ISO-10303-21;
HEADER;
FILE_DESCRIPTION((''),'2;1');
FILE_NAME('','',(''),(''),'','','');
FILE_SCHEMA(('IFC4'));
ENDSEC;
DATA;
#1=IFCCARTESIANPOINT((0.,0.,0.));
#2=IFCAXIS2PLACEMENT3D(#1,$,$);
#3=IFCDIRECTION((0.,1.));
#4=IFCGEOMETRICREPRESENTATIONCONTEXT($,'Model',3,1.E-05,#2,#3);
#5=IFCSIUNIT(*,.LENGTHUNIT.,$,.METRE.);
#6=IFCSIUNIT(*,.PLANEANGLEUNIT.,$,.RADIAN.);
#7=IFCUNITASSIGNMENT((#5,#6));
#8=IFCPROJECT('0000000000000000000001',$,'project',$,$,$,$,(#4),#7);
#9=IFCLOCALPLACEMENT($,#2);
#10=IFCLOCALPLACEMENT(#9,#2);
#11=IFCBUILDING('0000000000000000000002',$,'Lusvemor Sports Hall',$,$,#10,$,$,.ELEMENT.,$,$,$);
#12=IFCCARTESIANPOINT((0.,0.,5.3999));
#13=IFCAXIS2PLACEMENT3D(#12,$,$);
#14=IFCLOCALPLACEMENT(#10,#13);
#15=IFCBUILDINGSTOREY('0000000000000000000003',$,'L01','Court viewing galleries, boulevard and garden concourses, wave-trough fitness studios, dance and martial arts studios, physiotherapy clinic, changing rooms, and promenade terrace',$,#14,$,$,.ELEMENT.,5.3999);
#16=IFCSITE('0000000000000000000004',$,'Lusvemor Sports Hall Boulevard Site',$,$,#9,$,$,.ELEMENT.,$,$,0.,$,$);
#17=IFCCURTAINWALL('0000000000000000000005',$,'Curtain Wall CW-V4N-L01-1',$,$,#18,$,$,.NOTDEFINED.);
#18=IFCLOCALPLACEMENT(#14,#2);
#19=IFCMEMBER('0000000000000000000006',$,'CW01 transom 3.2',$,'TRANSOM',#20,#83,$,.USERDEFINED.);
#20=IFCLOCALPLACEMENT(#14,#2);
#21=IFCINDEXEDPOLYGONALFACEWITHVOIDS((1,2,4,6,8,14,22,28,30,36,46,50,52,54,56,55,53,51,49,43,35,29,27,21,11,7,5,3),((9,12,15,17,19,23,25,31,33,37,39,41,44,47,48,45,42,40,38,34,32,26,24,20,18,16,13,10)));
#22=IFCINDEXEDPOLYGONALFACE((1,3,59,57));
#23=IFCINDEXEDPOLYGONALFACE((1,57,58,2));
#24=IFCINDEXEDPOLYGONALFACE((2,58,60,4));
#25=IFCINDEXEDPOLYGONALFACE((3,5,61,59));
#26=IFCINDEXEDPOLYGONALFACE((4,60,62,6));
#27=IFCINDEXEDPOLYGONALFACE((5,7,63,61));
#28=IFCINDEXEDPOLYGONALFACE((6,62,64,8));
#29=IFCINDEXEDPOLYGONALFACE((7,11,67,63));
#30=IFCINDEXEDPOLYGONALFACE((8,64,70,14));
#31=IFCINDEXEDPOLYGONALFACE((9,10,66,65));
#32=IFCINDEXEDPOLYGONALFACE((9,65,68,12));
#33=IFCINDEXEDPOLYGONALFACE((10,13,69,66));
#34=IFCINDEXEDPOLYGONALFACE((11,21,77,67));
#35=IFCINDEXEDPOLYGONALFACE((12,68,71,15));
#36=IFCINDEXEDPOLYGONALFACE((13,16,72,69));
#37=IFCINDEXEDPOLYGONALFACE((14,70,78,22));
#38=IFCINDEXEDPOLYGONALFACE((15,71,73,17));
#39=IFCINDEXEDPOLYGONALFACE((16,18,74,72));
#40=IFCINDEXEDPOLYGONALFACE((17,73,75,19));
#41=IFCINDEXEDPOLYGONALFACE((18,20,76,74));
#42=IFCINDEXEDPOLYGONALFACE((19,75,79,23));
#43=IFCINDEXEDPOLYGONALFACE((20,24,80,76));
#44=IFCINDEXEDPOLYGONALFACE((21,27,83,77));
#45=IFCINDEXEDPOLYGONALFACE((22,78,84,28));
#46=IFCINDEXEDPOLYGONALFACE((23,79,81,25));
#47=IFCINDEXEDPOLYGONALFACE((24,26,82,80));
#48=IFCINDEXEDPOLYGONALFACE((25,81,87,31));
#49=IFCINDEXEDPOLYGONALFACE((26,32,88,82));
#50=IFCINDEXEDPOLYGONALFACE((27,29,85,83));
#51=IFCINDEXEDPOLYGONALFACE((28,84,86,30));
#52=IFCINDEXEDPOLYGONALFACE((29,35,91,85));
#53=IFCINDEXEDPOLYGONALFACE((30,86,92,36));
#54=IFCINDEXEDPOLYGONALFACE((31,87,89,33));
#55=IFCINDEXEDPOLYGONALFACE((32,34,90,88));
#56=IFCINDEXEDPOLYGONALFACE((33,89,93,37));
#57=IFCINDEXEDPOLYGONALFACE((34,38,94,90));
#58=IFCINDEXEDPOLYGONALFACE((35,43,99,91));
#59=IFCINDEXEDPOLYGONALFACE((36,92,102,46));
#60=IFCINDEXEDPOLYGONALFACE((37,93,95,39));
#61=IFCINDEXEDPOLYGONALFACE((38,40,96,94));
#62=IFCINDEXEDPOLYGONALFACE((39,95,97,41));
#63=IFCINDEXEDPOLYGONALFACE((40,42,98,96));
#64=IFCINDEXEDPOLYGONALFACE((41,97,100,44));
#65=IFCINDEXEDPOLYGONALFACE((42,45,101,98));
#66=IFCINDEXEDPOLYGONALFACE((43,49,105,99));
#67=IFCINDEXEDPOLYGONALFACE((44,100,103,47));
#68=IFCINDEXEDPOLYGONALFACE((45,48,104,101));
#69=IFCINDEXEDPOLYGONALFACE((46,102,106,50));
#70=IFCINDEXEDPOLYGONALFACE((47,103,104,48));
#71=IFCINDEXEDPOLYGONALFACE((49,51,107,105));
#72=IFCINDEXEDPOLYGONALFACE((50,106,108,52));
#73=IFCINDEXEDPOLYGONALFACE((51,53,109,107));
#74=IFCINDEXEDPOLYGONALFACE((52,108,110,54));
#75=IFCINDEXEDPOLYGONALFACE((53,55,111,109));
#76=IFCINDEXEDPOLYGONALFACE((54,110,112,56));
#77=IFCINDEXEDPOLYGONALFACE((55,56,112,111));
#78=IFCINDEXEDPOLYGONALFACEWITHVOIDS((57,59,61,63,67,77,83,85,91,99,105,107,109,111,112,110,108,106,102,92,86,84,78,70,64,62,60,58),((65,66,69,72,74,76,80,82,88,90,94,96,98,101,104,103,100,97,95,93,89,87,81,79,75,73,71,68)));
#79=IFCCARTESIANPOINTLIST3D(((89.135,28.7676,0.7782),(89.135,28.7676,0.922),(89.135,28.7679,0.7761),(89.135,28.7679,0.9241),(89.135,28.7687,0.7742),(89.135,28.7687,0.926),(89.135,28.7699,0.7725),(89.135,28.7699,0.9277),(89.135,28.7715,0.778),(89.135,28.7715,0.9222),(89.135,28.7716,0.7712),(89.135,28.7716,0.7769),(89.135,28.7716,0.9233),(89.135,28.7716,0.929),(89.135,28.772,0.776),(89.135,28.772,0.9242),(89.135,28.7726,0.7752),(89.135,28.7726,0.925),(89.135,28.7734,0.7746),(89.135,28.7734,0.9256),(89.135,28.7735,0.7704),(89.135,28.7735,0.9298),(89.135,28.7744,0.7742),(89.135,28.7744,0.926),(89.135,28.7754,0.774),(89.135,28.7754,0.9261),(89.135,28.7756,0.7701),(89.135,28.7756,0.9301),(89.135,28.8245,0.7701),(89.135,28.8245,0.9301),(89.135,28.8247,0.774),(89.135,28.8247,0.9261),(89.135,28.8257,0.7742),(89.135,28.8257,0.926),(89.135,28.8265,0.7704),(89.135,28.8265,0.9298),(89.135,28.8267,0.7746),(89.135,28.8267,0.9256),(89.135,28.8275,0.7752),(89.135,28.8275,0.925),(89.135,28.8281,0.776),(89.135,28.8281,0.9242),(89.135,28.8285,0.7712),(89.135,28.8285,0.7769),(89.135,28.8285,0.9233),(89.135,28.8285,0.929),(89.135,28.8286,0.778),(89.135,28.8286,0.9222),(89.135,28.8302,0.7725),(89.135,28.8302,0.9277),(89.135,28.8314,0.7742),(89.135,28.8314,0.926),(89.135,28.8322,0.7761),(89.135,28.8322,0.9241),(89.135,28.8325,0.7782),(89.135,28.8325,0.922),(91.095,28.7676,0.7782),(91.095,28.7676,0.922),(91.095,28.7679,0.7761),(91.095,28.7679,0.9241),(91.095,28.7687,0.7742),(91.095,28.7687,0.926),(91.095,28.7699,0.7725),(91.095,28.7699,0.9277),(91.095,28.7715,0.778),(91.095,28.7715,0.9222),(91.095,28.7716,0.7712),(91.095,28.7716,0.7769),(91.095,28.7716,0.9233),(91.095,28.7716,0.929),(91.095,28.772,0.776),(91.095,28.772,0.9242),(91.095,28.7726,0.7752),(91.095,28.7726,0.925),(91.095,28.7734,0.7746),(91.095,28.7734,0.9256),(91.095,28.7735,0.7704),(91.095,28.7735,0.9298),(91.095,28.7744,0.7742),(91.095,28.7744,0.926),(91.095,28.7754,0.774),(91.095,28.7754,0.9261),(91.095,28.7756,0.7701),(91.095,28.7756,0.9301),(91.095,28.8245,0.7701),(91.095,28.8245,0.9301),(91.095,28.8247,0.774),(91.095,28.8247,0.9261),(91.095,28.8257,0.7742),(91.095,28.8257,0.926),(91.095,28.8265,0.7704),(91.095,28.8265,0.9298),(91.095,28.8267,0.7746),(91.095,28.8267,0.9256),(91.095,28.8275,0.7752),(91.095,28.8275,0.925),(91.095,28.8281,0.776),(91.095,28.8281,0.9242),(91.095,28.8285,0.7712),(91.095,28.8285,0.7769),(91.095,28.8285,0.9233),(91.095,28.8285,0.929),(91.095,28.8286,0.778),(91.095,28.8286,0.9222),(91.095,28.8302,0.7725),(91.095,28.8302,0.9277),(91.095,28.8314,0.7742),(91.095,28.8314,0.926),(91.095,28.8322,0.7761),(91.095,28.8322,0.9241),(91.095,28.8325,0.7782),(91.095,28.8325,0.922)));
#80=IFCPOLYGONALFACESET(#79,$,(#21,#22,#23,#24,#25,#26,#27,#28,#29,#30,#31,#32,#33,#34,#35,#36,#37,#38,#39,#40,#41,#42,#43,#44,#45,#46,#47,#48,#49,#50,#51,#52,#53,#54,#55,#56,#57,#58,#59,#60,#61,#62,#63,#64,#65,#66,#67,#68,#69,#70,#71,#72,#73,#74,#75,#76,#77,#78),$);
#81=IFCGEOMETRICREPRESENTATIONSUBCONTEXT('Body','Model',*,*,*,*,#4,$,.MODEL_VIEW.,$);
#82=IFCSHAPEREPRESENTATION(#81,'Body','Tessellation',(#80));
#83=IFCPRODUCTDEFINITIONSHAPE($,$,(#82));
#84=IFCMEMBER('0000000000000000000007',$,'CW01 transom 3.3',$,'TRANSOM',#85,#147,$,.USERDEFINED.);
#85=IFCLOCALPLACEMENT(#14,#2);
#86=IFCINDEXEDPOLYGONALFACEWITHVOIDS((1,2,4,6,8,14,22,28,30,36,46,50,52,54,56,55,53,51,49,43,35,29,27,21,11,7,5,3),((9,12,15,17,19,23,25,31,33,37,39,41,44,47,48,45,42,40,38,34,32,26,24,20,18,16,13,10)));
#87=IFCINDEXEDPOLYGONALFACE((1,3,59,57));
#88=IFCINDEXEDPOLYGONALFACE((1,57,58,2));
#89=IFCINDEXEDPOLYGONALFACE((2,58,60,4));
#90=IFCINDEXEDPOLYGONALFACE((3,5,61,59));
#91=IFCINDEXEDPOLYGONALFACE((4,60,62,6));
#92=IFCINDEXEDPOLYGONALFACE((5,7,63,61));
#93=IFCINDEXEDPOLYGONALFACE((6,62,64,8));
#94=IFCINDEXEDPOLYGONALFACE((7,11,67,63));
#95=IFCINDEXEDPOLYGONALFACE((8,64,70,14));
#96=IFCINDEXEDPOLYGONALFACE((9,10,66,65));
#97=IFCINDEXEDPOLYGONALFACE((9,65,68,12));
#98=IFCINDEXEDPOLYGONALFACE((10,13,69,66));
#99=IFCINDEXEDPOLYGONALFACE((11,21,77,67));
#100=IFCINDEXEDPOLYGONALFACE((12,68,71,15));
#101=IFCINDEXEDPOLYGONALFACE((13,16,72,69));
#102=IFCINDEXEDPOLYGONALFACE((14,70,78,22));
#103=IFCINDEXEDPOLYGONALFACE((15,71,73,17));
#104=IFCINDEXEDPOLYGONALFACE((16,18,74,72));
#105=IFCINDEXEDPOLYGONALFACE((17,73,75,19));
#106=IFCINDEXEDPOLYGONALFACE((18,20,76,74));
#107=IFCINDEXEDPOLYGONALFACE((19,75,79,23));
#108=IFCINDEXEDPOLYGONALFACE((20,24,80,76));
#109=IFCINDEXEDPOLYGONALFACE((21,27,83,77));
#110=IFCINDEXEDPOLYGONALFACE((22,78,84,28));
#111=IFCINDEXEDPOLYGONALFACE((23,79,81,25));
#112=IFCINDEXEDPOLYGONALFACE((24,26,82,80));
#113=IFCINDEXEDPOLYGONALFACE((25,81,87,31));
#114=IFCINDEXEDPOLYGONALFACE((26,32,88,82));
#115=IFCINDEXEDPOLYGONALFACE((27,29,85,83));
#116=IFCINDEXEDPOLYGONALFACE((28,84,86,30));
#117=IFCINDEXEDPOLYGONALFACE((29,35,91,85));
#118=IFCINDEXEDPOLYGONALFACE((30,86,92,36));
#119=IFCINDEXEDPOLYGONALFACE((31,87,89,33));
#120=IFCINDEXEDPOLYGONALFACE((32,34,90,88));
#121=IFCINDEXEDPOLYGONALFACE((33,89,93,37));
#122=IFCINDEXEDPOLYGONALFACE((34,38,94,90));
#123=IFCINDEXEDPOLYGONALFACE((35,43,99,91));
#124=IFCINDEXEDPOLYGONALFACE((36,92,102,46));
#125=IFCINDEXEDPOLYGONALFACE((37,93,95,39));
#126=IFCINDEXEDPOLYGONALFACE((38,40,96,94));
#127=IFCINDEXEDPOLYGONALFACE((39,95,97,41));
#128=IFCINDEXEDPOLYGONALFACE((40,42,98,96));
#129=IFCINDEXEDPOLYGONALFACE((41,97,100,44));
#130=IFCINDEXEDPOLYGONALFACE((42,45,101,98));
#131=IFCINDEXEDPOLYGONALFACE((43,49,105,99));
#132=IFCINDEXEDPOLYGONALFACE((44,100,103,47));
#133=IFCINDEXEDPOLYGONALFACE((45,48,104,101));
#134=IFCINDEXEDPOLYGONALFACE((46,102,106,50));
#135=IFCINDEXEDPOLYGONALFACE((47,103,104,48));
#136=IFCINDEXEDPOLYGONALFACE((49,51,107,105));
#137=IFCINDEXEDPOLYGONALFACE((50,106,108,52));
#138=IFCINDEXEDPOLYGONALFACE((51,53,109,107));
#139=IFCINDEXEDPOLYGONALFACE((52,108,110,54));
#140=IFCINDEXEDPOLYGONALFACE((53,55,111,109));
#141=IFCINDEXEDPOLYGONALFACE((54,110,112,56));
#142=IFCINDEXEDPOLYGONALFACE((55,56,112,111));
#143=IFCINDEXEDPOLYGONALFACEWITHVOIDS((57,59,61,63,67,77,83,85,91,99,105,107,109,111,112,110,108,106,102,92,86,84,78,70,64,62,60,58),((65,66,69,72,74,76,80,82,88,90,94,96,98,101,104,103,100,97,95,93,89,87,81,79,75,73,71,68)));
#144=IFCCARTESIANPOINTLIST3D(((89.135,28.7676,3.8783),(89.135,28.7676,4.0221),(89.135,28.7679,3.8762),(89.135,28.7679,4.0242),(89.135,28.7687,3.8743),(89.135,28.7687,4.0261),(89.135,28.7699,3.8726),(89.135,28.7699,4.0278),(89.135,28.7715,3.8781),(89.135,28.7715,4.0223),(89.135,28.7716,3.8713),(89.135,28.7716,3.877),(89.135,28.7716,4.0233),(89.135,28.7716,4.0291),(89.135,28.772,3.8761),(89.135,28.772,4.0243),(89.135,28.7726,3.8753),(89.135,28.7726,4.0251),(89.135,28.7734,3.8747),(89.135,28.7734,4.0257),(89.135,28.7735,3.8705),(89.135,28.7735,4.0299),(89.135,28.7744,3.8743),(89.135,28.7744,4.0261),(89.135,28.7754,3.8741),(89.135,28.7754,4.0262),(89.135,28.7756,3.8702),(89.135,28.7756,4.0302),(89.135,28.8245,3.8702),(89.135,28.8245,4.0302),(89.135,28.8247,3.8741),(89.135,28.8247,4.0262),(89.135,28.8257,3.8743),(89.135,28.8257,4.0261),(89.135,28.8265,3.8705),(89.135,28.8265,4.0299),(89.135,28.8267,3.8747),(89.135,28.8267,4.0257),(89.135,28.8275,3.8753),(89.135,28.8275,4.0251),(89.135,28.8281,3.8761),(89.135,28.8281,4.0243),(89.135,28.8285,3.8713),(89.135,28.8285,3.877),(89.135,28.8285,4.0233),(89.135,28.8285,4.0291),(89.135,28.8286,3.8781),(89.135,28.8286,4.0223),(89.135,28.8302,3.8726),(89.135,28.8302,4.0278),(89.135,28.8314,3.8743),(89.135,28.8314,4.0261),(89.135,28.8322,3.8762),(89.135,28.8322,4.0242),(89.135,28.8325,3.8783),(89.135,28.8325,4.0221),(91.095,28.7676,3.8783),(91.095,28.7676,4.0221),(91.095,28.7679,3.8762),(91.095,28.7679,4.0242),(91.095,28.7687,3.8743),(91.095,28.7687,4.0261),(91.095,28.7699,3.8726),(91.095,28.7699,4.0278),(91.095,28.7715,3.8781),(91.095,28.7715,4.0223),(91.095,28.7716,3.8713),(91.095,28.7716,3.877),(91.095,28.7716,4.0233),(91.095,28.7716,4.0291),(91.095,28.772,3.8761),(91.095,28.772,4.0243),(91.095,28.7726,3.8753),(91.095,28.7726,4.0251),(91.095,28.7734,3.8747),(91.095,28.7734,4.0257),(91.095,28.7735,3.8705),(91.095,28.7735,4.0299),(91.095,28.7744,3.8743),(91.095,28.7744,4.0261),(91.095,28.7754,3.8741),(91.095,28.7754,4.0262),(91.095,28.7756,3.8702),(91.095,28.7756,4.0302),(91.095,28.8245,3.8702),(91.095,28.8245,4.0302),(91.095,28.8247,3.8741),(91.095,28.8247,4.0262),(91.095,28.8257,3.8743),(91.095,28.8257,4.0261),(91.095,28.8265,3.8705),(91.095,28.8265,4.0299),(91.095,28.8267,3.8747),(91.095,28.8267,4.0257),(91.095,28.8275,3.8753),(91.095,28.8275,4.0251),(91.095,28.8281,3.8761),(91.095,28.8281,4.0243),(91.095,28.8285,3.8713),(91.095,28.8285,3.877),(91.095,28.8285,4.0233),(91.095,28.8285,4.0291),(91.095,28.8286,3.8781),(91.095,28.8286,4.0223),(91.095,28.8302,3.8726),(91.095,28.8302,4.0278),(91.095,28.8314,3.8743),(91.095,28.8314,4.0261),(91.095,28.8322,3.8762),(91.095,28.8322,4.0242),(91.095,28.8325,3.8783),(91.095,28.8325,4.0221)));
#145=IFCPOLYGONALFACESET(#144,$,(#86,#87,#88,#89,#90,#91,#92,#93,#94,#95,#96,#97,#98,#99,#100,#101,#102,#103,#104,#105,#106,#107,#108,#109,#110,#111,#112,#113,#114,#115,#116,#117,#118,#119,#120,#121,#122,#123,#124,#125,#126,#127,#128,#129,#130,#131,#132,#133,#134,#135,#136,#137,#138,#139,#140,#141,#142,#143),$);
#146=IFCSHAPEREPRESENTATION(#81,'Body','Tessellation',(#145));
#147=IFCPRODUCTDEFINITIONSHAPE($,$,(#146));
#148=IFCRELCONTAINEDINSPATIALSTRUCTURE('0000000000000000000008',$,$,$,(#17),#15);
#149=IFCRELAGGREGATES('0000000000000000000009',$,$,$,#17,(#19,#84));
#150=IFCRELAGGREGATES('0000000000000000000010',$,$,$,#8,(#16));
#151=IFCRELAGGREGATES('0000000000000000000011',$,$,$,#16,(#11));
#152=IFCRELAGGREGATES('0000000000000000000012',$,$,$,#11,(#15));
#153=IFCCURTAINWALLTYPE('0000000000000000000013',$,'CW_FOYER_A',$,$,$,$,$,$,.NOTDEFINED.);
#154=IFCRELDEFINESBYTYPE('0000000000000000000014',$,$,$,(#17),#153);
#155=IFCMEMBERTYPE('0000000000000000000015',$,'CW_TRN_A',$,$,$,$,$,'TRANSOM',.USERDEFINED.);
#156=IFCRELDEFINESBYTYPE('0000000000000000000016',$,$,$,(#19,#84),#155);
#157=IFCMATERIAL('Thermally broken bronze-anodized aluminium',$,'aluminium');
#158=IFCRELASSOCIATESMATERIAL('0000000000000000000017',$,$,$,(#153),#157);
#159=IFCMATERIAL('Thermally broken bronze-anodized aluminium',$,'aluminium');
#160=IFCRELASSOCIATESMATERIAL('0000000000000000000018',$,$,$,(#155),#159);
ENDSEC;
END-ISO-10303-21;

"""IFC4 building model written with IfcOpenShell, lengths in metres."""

from ifc_helpers import new_model, si_unit, direction, frame, origin, origin_2d, place, context, subcontext, project, spatial, hollow_rectangle, extrude, material, material_profile, profile_set, type_object, element, aggregate, save


model = new_model("IFC4")

# Units and contexts
model_context = context("Model", 3, precision=1e-05, world=origin(), true_north=direction((0.0, 1.0)))
body_context = subcontext(model_context, "Body", "Model", "MODEL_VIEW")
ifc_project = project(units=[si_unit("LENGTHUNIT", "METRE"), si_unit("PLANEANGLEUNIT", "RADIAN")], contexts=[model_context])

# Site, building, storey
site_placement = place(None, origin())
site = spatial("IfcSite", under=ifc_project, at=site_placement, Name="Lusvemor Sports Hall Boulevard Site", CompositionType="ELEMENT", RefElevation=0.0)
building_placement = place(site_placement, origin())
building = spatial("IfcBuilding", under=site, at=building_placement, Name="Lusvemor Sports Hall", CompositionType="ELEMENT")
storey_placement = place(building_placement, frame((0.0, 0.0, 5.3999)))
storey = spatial("IfcBuildingStorey", under=building, at=storey_placement, Name="L01", Description="Court viewing galleries, boulevard and garden concourses, wave-trough fitness studios, dance and martial arts studios, physiotherapy clinic, changing rooms, and promenade terrace", CompositionType="ELEMENT", Elevation=5.3999)

# Curtain wall
ifc_material_1 = material(Name="Thermally broken bronze-anodized aluminium", Category="aluminium")
curtain_wall_type = type_object("IfcCurtainWallType", Name="CW_FOYER_A", PredefinedType="NOTDEFINED", material=ifc_material_1)
curtain_wall_1_placement = place(storey_placement, origin())
curtain_wall_1 = element("IfcCurtainWall", 1, at=curtain_wall_1_placement, inside=storey, type_object=curtain_wall_type, Name="Curtain Wall CW-V4N-L01-1", PredefinedType="NOTDEFINED")

# Members
ifc_material_2 = material(Name="Thermally broken bronze-anodized aluminium", Category="aluminium")
ifc_material_profile_1 = material_profile(ifc_material_2, hollow_rectangle(XDim=0.0649, YDim=0.1599, WallThickness=0.0039, InnerFilletRadius=0.0039, OuterFilletRadius=0.0081, at=origin_2d()), Name="CWTRN160x65x4")
ifc_profile_set_1 = profile_set([ifc_material_profile_1], Name="Thermally broken bronze-anodized aluminium")
member_type_1 = type_object("IfcMemberType", Name="CW_TRN_A", ElementType="TRANSOM", PredefinedType="USERDEFINED", material=ifc_profile_set_1)
member_1_placement = place(storey_placement, frame((89.135, 28.8, 0.8501), z_axis=(1.0, 0.0, 0.0), x_axis=(0.0, 1.0, 0.0)))
member_1 = element("IfcMember", 2, at=member_1_placement, type_object=member_type_1, Name="CW01 transom 3.2", ObjectType="TRANSOM", PredefinedType="USERDEFINED", context=body_context, shape_type="SweptSolid", body=[
    extrude(hollow_rectangle(XDim=0.0649, YDim=0.1599, WallThickness=0.0039, InnerFilletRadius=0.0039, OuterFilletRadius=0.0081, at=origin_2d()), origin(), (0.0, 0.0, 1.0), 1.96),
])
member_2_placement = place(storey_placement, frame((89.135, 28.8, 3.9502), z_axis=(1.0, 0.0, 0.0), x_axis=(0.0, 1.0, 0.0)))
member_2 = element("IfcMember", 3, at=member_2_placement, type_object=member_type_1, Name="CW01 transom 3.3", ObjectType="TRANSOM", PredefinedType="USERDEFINED", context=body_context, shape_type="SweptSolid", body=[
    extrude(hollow_rectangle(XDim=0.0649, YDim=0.1599, WallThickness=0.0039, InnerFilletRadius=0.0039, OuterFilletRadius=0.0081, at=origin_2d()), origin(), (0.0, 0.0, 1.0), 1.96),
])

aggregate(curtain_wall_1, [member_1, member_2])

save(model, "model.ifc")
